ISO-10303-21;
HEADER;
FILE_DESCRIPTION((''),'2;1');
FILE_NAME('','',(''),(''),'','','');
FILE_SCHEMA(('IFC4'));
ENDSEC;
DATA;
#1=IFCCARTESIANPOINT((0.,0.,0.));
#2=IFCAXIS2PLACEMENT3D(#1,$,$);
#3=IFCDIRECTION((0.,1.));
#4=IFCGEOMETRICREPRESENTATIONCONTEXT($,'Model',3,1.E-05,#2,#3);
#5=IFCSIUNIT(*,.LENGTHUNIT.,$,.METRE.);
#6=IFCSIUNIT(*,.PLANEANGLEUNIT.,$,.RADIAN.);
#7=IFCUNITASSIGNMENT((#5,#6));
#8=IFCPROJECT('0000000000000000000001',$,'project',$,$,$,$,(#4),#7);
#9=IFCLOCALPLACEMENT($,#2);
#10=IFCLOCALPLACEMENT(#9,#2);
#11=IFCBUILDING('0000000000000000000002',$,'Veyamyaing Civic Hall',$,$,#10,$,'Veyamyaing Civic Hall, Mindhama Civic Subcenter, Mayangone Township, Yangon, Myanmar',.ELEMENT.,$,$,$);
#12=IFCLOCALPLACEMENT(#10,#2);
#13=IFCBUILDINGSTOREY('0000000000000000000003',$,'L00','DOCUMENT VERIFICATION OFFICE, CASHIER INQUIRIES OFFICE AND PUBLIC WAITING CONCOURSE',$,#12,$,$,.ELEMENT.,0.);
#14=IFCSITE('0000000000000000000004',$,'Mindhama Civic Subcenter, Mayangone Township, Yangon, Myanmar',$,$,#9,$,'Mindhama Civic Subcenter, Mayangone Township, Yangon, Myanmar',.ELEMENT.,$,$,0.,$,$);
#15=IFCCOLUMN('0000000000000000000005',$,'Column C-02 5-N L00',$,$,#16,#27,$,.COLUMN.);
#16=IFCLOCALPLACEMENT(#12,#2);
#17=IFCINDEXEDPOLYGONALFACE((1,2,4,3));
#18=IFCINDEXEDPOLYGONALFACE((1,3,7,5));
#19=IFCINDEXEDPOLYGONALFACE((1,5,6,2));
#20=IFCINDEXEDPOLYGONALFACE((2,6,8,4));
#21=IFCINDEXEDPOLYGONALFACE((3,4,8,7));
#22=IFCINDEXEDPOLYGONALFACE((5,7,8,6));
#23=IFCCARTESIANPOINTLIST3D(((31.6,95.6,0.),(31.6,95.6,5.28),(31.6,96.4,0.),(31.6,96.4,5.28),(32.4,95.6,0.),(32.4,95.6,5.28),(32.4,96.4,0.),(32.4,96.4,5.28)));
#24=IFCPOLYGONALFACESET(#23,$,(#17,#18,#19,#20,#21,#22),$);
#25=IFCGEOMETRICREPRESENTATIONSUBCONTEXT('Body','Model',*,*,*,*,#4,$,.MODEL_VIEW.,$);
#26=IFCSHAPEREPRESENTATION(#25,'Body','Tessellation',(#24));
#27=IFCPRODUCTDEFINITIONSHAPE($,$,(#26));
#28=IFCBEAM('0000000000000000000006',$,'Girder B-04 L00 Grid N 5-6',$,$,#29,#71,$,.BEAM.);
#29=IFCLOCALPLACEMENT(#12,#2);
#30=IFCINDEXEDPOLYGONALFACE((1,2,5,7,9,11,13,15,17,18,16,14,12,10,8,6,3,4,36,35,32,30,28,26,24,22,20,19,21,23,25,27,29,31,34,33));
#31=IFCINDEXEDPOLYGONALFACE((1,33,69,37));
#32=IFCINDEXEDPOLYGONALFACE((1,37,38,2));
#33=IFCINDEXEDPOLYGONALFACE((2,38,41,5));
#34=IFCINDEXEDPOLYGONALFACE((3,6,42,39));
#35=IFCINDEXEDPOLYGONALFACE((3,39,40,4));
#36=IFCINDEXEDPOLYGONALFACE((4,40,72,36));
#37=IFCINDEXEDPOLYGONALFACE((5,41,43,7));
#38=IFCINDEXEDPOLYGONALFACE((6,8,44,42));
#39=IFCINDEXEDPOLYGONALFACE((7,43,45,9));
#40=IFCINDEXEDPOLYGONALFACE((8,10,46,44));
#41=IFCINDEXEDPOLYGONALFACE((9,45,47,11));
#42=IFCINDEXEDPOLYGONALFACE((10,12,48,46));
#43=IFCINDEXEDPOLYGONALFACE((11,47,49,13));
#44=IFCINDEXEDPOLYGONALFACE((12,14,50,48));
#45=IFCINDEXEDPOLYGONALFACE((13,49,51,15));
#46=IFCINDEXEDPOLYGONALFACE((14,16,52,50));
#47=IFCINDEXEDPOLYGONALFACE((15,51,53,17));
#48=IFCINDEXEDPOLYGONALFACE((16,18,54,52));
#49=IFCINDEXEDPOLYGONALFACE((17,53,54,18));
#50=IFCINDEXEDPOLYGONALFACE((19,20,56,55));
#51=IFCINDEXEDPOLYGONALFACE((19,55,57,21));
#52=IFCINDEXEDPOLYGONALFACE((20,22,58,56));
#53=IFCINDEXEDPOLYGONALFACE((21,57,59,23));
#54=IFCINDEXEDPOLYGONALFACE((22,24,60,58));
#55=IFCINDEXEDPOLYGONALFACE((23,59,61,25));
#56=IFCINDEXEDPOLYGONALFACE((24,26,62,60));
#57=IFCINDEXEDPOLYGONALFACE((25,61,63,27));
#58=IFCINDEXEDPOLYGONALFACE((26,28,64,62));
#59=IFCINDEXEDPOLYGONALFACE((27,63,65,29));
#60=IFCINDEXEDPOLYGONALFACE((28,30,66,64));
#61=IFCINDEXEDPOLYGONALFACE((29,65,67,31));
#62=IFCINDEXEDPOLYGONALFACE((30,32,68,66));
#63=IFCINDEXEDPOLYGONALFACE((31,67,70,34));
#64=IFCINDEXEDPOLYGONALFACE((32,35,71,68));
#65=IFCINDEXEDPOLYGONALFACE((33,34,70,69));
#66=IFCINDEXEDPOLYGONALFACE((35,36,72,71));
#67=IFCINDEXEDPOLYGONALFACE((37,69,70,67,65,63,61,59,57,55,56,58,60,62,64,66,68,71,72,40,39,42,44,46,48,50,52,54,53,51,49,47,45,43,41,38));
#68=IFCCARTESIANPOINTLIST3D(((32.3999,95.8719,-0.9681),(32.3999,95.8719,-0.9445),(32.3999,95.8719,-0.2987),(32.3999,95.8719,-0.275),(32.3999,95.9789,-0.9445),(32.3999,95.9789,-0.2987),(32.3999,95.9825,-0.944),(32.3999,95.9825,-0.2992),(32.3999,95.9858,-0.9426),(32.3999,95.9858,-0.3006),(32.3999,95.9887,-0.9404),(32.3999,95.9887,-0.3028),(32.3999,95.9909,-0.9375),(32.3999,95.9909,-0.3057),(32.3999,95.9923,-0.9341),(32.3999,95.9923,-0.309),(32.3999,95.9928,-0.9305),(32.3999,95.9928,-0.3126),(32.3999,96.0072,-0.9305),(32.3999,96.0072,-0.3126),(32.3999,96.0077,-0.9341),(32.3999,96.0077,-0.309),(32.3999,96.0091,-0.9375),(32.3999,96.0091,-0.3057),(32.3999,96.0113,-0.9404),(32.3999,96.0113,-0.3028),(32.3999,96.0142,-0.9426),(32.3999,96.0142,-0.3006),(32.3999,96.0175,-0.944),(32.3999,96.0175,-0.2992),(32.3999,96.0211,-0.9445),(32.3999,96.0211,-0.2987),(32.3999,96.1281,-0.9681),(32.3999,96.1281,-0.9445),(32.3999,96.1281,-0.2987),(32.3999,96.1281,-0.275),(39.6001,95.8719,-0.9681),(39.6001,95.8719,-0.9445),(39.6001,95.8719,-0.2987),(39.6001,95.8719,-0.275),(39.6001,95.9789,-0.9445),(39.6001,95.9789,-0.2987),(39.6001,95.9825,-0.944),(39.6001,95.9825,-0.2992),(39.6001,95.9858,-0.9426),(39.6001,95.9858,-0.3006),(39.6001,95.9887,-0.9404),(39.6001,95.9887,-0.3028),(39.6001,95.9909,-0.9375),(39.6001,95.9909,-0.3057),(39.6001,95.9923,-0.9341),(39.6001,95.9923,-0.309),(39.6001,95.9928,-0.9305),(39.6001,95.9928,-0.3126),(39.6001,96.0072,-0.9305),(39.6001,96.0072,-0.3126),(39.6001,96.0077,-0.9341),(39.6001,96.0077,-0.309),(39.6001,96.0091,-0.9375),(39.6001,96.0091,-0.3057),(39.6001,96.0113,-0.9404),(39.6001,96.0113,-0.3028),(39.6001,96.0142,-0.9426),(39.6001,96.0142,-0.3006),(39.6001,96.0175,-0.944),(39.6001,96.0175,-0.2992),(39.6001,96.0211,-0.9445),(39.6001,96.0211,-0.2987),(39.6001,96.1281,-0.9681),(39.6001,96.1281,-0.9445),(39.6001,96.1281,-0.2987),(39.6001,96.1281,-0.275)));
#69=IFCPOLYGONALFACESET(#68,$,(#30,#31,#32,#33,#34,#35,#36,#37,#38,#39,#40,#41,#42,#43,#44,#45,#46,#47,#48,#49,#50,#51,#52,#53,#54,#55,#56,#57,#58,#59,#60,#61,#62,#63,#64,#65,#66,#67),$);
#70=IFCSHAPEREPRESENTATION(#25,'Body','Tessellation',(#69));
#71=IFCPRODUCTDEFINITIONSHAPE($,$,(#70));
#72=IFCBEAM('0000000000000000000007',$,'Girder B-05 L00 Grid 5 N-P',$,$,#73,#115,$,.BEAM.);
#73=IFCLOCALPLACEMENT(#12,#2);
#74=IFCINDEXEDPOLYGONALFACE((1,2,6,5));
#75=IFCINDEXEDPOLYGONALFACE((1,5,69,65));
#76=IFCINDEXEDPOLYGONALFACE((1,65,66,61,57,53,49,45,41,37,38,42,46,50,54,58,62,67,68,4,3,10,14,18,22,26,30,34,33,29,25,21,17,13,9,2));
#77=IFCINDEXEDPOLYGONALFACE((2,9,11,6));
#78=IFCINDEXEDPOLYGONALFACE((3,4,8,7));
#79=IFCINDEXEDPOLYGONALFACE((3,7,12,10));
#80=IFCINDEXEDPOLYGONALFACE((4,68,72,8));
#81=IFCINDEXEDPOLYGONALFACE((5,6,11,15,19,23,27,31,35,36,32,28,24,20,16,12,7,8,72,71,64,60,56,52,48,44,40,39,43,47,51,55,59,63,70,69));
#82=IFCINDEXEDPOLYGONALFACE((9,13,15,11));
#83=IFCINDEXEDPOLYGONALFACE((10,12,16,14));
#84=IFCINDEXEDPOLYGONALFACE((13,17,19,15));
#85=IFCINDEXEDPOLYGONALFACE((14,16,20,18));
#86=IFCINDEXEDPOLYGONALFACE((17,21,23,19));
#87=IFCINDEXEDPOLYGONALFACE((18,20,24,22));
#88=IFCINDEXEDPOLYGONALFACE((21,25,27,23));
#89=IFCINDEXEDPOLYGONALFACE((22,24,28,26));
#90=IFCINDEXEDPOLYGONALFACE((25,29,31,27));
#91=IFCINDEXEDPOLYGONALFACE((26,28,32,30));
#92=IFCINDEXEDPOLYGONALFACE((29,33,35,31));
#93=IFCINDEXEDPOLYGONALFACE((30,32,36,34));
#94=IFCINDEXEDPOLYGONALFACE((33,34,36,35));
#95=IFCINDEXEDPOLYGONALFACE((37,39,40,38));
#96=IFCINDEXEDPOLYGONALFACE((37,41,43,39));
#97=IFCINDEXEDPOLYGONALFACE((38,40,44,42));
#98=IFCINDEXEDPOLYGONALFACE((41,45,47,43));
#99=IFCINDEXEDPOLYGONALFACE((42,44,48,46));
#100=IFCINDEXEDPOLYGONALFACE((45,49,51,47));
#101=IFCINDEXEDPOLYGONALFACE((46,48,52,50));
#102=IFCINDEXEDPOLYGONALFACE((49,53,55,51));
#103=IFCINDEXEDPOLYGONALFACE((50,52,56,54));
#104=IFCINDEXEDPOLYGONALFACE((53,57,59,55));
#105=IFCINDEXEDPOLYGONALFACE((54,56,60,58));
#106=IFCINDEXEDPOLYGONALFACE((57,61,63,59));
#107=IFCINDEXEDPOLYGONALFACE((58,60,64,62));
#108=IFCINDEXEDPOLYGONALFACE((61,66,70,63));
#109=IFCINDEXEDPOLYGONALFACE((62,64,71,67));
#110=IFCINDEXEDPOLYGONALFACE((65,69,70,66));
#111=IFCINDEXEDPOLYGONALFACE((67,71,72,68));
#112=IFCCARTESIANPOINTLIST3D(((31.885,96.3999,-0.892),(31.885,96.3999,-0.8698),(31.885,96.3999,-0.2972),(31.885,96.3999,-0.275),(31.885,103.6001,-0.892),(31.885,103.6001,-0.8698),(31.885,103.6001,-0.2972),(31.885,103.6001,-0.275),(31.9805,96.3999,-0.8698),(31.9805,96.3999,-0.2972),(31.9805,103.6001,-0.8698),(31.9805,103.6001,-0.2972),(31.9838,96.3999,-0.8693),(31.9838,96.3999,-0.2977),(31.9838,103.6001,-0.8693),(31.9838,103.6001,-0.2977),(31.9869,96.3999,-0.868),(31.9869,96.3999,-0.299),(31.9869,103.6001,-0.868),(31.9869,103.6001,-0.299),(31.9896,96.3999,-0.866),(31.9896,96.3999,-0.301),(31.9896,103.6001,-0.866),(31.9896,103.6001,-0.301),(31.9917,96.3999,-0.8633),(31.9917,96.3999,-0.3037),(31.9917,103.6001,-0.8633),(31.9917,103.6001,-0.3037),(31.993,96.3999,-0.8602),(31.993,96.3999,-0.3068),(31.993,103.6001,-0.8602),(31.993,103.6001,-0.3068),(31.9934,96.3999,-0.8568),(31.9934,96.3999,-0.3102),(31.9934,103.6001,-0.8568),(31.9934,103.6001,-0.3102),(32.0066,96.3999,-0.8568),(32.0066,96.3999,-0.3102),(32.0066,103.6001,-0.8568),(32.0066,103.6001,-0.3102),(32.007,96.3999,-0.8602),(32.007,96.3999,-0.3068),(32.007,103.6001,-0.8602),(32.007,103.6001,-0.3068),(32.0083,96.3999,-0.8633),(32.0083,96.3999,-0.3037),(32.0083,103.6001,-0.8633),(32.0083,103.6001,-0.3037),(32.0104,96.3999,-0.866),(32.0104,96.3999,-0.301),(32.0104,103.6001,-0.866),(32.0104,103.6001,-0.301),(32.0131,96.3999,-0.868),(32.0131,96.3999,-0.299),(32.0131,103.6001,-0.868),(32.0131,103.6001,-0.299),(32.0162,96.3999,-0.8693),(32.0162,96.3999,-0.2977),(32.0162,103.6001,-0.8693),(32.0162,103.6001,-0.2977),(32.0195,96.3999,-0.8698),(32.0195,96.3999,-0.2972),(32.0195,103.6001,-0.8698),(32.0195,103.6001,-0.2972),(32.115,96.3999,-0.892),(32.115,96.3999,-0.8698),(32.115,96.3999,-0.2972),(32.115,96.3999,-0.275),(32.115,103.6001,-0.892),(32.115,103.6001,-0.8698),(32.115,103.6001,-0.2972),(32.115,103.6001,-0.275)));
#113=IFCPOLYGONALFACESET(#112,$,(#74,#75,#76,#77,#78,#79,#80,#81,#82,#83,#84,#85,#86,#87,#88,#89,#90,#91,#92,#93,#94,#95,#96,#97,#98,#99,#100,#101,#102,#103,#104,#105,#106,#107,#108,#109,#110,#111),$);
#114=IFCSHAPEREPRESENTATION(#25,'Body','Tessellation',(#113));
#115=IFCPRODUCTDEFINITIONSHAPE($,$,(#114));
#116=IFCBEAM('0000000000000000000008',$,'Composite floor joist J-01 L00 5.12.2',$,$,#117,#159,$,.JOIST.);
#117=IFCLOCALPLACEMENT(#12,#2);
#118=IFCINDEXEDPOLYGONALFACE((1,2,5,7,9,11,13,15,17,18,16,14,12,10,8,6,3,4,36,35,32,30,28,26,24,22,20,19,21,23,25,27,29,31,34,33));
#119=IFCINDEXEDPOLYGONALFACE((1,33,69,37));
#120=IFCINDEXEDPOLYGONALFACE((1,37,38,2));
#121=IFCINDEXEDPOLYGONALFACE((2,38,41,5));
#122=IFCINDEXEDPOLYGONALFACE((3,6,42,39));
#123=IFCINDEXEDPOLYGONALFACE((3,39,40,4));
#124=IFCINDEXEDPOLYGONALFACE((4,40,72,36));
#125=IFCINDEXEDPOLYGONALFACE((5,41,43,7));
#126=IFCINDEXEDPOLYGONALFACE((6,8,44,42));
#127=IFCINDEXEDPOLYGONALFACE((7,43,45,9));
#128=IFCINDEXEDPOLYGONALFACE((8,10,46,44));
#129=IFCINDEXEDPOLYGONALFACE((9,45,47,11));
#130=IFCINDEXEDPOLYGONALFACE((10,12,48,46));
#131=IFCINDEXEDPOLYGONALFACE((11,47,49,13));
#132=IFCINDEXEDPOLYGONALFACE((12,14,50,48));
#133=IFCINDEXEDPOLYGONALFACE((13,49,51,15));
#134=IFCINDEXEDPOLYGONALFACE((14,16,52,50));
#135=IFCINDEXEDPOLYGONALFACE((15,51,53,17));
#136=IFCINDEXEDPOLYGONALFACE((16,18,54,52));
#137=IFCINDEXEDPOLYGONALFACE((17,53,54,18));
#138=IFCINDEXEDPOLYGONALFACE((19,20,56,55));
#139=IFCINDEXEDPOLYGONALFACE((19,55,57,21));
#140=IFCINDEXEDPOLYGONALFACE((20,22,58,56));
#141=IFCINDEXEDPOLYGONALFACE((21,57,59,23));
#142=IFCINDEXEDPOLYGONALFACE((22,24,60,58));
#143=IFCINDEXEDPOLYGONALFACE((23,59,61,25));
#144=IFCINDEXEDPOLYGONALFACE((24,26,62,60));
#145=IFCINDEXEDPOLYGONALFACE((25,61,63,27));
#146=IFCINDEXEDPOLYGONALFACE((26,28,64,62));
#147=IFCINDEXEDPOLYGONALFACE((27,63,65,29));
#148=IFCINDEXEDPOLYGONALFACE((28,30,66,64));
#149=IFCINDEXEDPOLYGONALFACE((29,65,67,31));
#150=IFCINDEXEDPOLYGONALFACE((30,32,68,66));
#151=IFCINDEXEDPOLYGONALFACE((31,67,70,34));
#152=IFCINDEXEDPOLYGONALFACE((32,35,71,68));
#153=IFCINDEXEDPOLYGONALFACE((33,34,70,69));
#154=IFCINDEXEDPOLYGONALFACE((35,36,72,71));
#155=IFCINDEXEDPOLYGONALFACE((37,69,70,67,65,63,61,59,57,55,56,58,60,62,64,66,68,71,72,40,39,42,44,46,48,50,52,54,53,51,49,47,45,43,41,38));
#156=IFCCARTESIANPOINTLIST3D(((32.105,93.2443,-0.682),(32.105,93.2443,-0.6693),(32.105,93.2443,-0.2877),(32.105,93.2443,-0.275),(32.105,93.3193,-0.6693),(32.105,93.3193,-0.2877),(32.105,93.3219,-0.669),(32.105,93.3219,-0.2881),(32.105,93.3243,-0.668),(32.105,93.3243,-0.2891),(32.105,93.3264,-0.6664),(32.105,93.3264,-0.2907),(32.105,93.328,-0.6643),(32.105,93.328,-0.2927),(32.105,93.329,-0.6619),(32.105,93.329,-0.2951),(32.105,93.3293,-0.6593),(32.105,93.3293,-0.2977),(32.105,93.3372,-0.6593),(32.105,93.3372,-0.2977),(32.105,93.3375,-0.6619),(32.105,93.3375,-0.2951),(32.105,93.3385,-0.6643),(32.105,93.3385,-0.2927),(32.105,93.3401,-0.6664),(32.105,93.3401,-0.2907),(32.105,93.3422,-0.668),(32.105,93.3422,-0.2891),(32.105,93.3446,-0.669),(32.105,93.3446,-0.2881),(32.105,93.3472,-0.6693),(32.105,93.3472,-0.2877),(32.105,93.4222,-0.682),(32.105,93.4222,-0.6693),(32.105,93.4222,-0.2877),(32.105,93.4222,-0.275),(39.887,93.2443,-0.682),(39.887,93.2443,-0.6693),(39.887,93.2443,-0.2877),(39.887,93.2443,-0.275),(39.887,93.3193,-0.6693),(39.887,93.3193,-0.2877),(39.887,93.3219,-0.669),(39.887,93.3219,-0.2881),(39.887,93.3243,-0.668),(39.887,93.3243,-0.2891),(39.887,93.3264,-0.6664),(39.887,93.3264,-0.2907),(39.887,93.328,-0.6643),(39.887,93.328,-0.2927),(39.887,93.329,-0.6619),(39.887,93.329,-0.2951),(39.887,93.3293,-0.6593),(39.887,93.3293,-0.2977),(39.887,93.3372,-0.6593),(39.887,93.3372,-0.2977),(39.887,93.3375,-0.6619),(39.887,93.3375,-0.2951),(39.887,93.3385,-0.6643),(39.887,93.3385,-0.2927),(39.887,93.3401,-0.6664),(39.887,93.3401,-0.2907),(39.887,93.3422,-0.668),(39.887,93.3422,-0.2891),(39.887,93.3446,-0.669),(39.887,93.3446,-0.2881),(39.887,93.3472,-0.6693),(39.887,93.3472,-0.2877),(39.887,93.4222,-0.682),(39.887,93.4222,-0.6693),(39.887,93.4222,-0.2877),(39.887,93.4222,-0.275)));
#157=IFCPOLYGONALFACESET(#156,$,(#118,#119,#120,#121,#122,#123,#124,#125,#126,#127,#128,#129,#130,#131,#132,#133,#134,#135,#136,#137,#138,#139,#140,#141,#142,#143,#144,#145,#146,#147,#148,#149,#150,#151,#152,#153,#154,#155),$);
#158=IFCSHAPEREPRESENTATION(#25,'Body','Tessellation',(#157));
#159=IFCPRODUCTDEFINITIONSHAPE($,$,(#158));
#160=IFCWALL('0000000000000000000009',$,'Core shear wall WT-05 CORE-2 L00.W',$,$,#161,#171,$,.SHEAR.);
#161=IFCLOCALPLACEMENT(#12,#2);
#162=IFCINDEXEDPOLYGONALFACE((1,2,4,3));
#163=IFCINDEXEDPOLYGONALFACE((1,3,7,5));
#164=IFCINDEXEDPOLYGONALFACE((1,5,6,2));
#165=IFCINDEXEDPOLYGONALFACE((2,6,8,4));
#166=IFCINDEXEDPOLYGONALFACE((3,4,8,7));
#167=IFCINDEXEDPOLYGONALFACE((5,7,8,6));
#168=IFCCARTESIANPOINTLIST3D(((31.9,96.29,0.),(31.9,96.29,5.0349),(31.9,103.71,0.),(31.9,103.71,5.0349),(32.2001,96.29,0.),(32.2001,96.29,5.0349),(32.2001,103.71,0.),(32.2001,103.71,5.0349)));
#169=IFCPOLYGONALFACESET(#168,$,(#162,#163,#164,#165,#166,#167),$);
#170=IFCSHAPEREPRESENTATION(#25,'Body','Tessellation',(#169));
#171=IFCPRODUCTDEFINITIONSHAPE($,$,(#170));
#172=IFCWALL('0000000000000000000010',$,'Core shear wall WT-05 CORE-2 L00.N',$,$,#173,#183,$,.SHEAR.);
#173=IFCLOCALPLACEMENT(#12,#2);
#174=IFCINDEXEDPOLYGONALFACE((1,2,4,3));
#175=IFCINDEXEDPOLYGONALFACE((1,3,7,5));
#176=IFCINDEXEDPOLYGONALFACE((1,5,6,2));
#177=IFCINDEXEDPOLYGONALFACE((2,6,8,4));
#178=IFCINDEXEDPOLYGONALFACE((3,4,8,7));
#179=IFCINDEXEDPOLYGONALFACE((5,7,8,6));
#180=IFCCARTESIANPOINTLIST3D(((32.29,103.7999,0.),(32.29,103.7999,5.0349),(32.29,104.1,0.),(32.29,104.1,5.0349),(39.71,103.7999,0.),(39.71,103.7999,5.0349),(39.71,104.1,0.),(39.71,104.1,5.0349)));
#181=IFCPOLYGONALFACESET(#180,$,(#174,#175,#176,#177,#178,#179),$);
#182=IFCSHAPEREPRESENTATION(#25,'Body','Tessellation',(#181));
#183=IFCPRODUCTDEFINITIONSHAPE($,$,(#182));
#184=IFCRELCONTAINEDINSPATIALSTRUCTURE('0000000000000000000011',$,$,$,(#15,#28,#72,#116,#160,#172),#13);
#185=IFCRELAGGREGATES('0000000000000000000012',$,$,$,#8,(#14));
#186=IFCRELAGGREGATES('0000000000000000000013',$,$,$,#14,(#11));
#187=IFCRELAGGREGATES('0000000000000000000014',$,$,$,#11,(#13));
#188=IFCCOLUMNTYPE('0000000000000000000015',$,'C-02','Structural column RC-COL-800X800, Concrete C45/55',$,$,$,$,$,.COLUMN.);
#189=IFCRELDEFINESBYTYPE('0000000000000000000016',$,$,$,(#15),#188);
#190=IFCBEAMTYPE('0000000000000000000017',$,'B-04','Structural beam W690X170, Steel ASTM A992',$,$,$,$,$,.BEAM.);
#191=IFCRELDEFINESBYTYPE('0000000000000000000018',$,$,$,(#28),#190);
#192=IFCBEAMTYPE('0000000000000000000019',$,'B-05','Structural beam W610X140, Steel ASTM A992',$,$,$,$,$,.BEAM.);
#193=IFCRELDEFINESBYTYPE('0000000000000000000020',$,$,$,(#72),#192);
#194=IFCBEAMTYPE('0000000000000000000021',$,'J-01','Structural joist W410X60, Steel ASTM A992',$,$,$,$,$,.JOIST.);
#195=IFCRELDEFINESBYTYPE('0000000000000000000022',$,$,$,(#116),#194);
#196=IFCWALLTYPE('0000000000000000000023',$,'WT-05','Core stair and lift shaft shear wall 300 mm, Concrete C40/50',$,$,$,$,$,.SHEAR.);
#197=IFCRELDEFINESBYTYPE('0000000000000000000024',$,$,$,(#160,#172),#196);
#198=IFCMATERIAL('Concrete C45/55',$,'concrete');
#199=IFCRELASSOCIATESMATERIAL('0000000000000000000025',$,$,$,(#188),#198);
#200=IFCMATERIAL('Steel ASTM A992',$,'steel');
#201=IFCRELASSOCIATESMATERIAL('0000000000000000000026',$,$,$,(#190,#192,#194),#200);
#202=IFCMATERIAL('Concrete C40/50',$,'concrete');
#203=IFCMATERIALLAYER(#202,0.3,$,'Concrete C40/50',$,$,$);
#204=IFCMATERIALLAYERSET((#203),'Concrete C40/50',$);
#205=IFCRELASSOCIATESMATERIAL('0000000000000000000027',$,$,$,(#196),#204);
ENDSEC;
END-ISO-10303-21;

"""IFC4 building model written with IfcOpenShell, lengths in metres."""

from ifc_helpers import new_model, si_unit, direction, frame, frame_2d, origin, origin_2d, place, context, subcontext, project, spatial, rectangle, i_section, extrude, material, layer, layer_set, material_profile, profile_set, type_object, element, save


model = new_model("IFC4")

# Units and contexts
model_context = context("Model", 3, precision=1e-05, world=origin(), true_north=direction((0.0, 1.0)))
body_context = subcontext(model_context, "Body", "Model", "MODEL_VIEW")
ifc_project = project(units=[si_unit("LENGTHUNIT", "METRE"), si_unit("PLANEANGLEUNIT", "RADIAN")], contexts=[model_context])

# Site, building, storey
site_placement = place(None, origin())
site = spatial("IfcSite", under=ifc_project, at=site_placement, Name="Mindhama Civic Subcenter, Mayangone Township, Yangon, Myanmar", LongName="Mindhama Civic Subcenter, Mayangone Township, Yangon, Myanmar", CompositionType="ELEMENT", RefElevation=0.0)
building_placement = place(site_placement, origin())
building = spatial("IfcBuilding", under=site, at=building_placement, Name="Veyamyaing Civic Hall", LongName="Veyamyaing Civic Hall, Mindhama Civic Subcenter, Mayangone Township, Yangon, Myanmar", CompositionType="ELEMENT")
storey_placement = place(building_placement, origin())
storey = spatial("IfcBuildingStorey", under=building, at=storey_placement, Name="L00", Description="DOCUMENT VERIFICATION OFFICE, CASHIER INQUIRIES OFFICE AND PUBLIC WAITING CONCOURSE", CompositionType="ELEMENT", Elevation=0.0)

# Column
ifc_material_1 = material(Name="Concrete C45/55", Category="concrete")
ifc_material_profile_1 = material_profile(ifc_material_1, rectangle(XDim=0.8, YDim=0.8, at=origin_2d()), Name="RC-COL-800X800")
ifc_profile_set_1 = profile_set([ifc_material_profile_1], Name="Concrete C45/55")
column_type = type_object("IfcColumnType", Name="C-02", Description="Structural column RC-COL-800X800, Concrete C45/55", PredefinedType="COLUMN", material=ifc_profile_set_1)
column_placement = place(storey_placement, frame((32.0, 96.0, 0.0), z_axis=(0.0, 0.0, 1.0), x_axis=(1.0, 0.0, 0.0)))
element("IfcColumn", 1, at=column_placement, inside=storey, type_object=column_type, Name="Column C-02 5-N L00", PredefinedType="COLUMN", context=body_context, shape_type="SweptSolid", body=[
    extrude(rectangle(XDim=0.8, YDim=0.8, at=origin_2d()), origin(), (0.0, 0.0, 1.0), 5.28),
])

# Beams
ifc_material_2 = material(Name="Steel ASTM A992", Category="steel")
ifc_material_profile_2 = material_profile(ifc_material_2, i_section(OverallWidth=0.2561, OverallDepth=0.6931, WebThickness=0.0144, FlangeThickness=0.0237, FilletRadius=0.0139, at=origin_2d()), Name="W690X170")
ifc_profile_set_2 = profile_set([ifc_material_profile_2], Name="Steel ASTM A992")
beam_type_1 = type_object("IfcBeamType", Name="B-04", Description="Structural beam W690X170, Steel ASTM A992", PredefinedType="BEAM", material=ifc_profile_set_2)
beam_1_placement = place(storey_placement, frame((32.3999, 96.0, -0.6216), z_axis=(1.0, 0.0, 0.0), x_axis=(0.0, 1.0, 0.0)))
element("IfcBeam", 2, at=beam_1_placement, inside=storey, type_object=beam_type_1, Name="Girder B-04 L00 Grid N 5-6", PredefinedType="BEAM", context=body_context, shape_type="SweptSolid", body=[
    extrude(i_section(OverallWidth=0.2561, OverallDepth=0.6931, WebThickness=0.0144, FlangeThickness=0.0237, FilletRadius=0.0139, at=origin_2d()), origin(), (0.0, 0.0, 1.0), 7.2002),
])
ifc_material_profile_3 = material_profile(ifc_material_2, i_section(OverallWidth=0.23, OverallDepth=0.6169, WebThickness=0.0132, FlangeThickness=0.0222, FilletRadius=0.0129, at=origin_2d()), Name="W610X140")
ifc_profile_set_3 = profile_set([ifc_material_profile_3], Name="Steel ASTM A992")
beam_type_2 = type_object("IfcBeamType", Name="B-05", Description="Structural beam W610X140, Steel ASTM A992", PredefinedType="BEAM", material=ifc_profile_set_3)
beam_2_placement = place(storey_placement, frame((32.0, 96.3999, -0.5835), z_axis=(0.0, 1.0, 0.0), x_axis=(-1.0, 0.0, 0.0)))
element("IfcBeam", 3, at=beam_2_placement, inside=storey, type_object=beam_type_2, Name="Girder B-05 L00 Grid 5 N-P", PredefinedType="BEAM", context=body_context, shape_type="SweptSolid", body=[
    extrude(i_section(OverallWidth=0.23, OverallDepth=0.6169, WebThickness=0.0132, FlangeThickness=0.0222, FilletRadius=0.0129, at=origin_2d()), origin(), (0.0, 0.0, 1.0), 7.2002),
])
ifc_material_profile_4 = material_profile(ifc_material_2, i_section(OverallWidth=0.178, OverallDepth=0.407, WebThickness=0.0078, FlangeThickness=0.0127, FilletRadius=0.01, at=origin_2d()), Name="W410X60")
ifc_profile_set_4 = profile_set([ifc_material_profile_4], Name="Steel ASTM A992")
beam_type_3 = type_object("IfcBeamType", Name="J-01", Description="Structural joist W410X60, Steel ASTM A992", PredefinedType="JOIST", material=ifc_profile_set_4)
beam_3_placement = place(storey_placement, frame((32.105, 93.3333, -0.4785), z_axis=(1.0, 0.0, 0.0), x_axis=(0.0, 1.0, 0.0)))
element("IfcBeam", 4, at=beam_3_placement, inside=storey, type_object=beam_type_3, Name="Composite floor joist J-01 L00 5.12.2", PredefinedType="JOIST", context=body_context, shape_type="SweptSolid", body=[
    extrude(i_section(OverallWidth=0.178, OverallDepth=0.407, WebThickness=0.0078, FlangeThickness=0.0127, FilletRadius=0.01, at=origin_2d()), origin(), (0.0, 0.0, 1.0), 7.782),
])

# Walls
ifc_material_3 = material(Name="Concrete C40/50", Category="concrete")
ifc_layer_1 = layer(ifc_material_3, 0.3, Name="Concrete C40/50")
ifc_layer_set_1 = layer_set([ifc_layer_1], Name="Concrete C40/50")
wall_type_1 = type_object("IfcWallType", Name="WT-05", Description="Core stair and lift shaft shear wall 300 mm, Concrete C40/50", PredefinedType="SHEAR", material=ifc_layer_set_1)
for number, where, z_axis, x_axis, name in (
    (5, (32.05, 96.29, 0.0), (0.0, 0.0, 1.0), (0.0, 1.0, 0.0), "Core shear wall WT-05 CORE-2 L00.W"),
    (6, (32.29, 103.95, 0.0), (0.0, 0.0, 1.0), (1.0, 0.0, 0.0), "Core shear wall WT-05 CORE-2 L00.N"),
):
    element("IfcWall", number, at=place(storey_placement, frame(where, z_axis=z_axis, x_axis=x_axis)), inside=storey, type_object=wall_type_1, Name=name, PredefinedType="SHEAR", context=body_context, shape_type="SweptSolid", body=[
        extrude(rectangle(XDim=7.4199, YDim=0.3, at=frame_2d((3.71, 0.0))), origin(), (0.0, 0.0, 1.0), 5.0349),
    ])

save(model, "model.ifc")
